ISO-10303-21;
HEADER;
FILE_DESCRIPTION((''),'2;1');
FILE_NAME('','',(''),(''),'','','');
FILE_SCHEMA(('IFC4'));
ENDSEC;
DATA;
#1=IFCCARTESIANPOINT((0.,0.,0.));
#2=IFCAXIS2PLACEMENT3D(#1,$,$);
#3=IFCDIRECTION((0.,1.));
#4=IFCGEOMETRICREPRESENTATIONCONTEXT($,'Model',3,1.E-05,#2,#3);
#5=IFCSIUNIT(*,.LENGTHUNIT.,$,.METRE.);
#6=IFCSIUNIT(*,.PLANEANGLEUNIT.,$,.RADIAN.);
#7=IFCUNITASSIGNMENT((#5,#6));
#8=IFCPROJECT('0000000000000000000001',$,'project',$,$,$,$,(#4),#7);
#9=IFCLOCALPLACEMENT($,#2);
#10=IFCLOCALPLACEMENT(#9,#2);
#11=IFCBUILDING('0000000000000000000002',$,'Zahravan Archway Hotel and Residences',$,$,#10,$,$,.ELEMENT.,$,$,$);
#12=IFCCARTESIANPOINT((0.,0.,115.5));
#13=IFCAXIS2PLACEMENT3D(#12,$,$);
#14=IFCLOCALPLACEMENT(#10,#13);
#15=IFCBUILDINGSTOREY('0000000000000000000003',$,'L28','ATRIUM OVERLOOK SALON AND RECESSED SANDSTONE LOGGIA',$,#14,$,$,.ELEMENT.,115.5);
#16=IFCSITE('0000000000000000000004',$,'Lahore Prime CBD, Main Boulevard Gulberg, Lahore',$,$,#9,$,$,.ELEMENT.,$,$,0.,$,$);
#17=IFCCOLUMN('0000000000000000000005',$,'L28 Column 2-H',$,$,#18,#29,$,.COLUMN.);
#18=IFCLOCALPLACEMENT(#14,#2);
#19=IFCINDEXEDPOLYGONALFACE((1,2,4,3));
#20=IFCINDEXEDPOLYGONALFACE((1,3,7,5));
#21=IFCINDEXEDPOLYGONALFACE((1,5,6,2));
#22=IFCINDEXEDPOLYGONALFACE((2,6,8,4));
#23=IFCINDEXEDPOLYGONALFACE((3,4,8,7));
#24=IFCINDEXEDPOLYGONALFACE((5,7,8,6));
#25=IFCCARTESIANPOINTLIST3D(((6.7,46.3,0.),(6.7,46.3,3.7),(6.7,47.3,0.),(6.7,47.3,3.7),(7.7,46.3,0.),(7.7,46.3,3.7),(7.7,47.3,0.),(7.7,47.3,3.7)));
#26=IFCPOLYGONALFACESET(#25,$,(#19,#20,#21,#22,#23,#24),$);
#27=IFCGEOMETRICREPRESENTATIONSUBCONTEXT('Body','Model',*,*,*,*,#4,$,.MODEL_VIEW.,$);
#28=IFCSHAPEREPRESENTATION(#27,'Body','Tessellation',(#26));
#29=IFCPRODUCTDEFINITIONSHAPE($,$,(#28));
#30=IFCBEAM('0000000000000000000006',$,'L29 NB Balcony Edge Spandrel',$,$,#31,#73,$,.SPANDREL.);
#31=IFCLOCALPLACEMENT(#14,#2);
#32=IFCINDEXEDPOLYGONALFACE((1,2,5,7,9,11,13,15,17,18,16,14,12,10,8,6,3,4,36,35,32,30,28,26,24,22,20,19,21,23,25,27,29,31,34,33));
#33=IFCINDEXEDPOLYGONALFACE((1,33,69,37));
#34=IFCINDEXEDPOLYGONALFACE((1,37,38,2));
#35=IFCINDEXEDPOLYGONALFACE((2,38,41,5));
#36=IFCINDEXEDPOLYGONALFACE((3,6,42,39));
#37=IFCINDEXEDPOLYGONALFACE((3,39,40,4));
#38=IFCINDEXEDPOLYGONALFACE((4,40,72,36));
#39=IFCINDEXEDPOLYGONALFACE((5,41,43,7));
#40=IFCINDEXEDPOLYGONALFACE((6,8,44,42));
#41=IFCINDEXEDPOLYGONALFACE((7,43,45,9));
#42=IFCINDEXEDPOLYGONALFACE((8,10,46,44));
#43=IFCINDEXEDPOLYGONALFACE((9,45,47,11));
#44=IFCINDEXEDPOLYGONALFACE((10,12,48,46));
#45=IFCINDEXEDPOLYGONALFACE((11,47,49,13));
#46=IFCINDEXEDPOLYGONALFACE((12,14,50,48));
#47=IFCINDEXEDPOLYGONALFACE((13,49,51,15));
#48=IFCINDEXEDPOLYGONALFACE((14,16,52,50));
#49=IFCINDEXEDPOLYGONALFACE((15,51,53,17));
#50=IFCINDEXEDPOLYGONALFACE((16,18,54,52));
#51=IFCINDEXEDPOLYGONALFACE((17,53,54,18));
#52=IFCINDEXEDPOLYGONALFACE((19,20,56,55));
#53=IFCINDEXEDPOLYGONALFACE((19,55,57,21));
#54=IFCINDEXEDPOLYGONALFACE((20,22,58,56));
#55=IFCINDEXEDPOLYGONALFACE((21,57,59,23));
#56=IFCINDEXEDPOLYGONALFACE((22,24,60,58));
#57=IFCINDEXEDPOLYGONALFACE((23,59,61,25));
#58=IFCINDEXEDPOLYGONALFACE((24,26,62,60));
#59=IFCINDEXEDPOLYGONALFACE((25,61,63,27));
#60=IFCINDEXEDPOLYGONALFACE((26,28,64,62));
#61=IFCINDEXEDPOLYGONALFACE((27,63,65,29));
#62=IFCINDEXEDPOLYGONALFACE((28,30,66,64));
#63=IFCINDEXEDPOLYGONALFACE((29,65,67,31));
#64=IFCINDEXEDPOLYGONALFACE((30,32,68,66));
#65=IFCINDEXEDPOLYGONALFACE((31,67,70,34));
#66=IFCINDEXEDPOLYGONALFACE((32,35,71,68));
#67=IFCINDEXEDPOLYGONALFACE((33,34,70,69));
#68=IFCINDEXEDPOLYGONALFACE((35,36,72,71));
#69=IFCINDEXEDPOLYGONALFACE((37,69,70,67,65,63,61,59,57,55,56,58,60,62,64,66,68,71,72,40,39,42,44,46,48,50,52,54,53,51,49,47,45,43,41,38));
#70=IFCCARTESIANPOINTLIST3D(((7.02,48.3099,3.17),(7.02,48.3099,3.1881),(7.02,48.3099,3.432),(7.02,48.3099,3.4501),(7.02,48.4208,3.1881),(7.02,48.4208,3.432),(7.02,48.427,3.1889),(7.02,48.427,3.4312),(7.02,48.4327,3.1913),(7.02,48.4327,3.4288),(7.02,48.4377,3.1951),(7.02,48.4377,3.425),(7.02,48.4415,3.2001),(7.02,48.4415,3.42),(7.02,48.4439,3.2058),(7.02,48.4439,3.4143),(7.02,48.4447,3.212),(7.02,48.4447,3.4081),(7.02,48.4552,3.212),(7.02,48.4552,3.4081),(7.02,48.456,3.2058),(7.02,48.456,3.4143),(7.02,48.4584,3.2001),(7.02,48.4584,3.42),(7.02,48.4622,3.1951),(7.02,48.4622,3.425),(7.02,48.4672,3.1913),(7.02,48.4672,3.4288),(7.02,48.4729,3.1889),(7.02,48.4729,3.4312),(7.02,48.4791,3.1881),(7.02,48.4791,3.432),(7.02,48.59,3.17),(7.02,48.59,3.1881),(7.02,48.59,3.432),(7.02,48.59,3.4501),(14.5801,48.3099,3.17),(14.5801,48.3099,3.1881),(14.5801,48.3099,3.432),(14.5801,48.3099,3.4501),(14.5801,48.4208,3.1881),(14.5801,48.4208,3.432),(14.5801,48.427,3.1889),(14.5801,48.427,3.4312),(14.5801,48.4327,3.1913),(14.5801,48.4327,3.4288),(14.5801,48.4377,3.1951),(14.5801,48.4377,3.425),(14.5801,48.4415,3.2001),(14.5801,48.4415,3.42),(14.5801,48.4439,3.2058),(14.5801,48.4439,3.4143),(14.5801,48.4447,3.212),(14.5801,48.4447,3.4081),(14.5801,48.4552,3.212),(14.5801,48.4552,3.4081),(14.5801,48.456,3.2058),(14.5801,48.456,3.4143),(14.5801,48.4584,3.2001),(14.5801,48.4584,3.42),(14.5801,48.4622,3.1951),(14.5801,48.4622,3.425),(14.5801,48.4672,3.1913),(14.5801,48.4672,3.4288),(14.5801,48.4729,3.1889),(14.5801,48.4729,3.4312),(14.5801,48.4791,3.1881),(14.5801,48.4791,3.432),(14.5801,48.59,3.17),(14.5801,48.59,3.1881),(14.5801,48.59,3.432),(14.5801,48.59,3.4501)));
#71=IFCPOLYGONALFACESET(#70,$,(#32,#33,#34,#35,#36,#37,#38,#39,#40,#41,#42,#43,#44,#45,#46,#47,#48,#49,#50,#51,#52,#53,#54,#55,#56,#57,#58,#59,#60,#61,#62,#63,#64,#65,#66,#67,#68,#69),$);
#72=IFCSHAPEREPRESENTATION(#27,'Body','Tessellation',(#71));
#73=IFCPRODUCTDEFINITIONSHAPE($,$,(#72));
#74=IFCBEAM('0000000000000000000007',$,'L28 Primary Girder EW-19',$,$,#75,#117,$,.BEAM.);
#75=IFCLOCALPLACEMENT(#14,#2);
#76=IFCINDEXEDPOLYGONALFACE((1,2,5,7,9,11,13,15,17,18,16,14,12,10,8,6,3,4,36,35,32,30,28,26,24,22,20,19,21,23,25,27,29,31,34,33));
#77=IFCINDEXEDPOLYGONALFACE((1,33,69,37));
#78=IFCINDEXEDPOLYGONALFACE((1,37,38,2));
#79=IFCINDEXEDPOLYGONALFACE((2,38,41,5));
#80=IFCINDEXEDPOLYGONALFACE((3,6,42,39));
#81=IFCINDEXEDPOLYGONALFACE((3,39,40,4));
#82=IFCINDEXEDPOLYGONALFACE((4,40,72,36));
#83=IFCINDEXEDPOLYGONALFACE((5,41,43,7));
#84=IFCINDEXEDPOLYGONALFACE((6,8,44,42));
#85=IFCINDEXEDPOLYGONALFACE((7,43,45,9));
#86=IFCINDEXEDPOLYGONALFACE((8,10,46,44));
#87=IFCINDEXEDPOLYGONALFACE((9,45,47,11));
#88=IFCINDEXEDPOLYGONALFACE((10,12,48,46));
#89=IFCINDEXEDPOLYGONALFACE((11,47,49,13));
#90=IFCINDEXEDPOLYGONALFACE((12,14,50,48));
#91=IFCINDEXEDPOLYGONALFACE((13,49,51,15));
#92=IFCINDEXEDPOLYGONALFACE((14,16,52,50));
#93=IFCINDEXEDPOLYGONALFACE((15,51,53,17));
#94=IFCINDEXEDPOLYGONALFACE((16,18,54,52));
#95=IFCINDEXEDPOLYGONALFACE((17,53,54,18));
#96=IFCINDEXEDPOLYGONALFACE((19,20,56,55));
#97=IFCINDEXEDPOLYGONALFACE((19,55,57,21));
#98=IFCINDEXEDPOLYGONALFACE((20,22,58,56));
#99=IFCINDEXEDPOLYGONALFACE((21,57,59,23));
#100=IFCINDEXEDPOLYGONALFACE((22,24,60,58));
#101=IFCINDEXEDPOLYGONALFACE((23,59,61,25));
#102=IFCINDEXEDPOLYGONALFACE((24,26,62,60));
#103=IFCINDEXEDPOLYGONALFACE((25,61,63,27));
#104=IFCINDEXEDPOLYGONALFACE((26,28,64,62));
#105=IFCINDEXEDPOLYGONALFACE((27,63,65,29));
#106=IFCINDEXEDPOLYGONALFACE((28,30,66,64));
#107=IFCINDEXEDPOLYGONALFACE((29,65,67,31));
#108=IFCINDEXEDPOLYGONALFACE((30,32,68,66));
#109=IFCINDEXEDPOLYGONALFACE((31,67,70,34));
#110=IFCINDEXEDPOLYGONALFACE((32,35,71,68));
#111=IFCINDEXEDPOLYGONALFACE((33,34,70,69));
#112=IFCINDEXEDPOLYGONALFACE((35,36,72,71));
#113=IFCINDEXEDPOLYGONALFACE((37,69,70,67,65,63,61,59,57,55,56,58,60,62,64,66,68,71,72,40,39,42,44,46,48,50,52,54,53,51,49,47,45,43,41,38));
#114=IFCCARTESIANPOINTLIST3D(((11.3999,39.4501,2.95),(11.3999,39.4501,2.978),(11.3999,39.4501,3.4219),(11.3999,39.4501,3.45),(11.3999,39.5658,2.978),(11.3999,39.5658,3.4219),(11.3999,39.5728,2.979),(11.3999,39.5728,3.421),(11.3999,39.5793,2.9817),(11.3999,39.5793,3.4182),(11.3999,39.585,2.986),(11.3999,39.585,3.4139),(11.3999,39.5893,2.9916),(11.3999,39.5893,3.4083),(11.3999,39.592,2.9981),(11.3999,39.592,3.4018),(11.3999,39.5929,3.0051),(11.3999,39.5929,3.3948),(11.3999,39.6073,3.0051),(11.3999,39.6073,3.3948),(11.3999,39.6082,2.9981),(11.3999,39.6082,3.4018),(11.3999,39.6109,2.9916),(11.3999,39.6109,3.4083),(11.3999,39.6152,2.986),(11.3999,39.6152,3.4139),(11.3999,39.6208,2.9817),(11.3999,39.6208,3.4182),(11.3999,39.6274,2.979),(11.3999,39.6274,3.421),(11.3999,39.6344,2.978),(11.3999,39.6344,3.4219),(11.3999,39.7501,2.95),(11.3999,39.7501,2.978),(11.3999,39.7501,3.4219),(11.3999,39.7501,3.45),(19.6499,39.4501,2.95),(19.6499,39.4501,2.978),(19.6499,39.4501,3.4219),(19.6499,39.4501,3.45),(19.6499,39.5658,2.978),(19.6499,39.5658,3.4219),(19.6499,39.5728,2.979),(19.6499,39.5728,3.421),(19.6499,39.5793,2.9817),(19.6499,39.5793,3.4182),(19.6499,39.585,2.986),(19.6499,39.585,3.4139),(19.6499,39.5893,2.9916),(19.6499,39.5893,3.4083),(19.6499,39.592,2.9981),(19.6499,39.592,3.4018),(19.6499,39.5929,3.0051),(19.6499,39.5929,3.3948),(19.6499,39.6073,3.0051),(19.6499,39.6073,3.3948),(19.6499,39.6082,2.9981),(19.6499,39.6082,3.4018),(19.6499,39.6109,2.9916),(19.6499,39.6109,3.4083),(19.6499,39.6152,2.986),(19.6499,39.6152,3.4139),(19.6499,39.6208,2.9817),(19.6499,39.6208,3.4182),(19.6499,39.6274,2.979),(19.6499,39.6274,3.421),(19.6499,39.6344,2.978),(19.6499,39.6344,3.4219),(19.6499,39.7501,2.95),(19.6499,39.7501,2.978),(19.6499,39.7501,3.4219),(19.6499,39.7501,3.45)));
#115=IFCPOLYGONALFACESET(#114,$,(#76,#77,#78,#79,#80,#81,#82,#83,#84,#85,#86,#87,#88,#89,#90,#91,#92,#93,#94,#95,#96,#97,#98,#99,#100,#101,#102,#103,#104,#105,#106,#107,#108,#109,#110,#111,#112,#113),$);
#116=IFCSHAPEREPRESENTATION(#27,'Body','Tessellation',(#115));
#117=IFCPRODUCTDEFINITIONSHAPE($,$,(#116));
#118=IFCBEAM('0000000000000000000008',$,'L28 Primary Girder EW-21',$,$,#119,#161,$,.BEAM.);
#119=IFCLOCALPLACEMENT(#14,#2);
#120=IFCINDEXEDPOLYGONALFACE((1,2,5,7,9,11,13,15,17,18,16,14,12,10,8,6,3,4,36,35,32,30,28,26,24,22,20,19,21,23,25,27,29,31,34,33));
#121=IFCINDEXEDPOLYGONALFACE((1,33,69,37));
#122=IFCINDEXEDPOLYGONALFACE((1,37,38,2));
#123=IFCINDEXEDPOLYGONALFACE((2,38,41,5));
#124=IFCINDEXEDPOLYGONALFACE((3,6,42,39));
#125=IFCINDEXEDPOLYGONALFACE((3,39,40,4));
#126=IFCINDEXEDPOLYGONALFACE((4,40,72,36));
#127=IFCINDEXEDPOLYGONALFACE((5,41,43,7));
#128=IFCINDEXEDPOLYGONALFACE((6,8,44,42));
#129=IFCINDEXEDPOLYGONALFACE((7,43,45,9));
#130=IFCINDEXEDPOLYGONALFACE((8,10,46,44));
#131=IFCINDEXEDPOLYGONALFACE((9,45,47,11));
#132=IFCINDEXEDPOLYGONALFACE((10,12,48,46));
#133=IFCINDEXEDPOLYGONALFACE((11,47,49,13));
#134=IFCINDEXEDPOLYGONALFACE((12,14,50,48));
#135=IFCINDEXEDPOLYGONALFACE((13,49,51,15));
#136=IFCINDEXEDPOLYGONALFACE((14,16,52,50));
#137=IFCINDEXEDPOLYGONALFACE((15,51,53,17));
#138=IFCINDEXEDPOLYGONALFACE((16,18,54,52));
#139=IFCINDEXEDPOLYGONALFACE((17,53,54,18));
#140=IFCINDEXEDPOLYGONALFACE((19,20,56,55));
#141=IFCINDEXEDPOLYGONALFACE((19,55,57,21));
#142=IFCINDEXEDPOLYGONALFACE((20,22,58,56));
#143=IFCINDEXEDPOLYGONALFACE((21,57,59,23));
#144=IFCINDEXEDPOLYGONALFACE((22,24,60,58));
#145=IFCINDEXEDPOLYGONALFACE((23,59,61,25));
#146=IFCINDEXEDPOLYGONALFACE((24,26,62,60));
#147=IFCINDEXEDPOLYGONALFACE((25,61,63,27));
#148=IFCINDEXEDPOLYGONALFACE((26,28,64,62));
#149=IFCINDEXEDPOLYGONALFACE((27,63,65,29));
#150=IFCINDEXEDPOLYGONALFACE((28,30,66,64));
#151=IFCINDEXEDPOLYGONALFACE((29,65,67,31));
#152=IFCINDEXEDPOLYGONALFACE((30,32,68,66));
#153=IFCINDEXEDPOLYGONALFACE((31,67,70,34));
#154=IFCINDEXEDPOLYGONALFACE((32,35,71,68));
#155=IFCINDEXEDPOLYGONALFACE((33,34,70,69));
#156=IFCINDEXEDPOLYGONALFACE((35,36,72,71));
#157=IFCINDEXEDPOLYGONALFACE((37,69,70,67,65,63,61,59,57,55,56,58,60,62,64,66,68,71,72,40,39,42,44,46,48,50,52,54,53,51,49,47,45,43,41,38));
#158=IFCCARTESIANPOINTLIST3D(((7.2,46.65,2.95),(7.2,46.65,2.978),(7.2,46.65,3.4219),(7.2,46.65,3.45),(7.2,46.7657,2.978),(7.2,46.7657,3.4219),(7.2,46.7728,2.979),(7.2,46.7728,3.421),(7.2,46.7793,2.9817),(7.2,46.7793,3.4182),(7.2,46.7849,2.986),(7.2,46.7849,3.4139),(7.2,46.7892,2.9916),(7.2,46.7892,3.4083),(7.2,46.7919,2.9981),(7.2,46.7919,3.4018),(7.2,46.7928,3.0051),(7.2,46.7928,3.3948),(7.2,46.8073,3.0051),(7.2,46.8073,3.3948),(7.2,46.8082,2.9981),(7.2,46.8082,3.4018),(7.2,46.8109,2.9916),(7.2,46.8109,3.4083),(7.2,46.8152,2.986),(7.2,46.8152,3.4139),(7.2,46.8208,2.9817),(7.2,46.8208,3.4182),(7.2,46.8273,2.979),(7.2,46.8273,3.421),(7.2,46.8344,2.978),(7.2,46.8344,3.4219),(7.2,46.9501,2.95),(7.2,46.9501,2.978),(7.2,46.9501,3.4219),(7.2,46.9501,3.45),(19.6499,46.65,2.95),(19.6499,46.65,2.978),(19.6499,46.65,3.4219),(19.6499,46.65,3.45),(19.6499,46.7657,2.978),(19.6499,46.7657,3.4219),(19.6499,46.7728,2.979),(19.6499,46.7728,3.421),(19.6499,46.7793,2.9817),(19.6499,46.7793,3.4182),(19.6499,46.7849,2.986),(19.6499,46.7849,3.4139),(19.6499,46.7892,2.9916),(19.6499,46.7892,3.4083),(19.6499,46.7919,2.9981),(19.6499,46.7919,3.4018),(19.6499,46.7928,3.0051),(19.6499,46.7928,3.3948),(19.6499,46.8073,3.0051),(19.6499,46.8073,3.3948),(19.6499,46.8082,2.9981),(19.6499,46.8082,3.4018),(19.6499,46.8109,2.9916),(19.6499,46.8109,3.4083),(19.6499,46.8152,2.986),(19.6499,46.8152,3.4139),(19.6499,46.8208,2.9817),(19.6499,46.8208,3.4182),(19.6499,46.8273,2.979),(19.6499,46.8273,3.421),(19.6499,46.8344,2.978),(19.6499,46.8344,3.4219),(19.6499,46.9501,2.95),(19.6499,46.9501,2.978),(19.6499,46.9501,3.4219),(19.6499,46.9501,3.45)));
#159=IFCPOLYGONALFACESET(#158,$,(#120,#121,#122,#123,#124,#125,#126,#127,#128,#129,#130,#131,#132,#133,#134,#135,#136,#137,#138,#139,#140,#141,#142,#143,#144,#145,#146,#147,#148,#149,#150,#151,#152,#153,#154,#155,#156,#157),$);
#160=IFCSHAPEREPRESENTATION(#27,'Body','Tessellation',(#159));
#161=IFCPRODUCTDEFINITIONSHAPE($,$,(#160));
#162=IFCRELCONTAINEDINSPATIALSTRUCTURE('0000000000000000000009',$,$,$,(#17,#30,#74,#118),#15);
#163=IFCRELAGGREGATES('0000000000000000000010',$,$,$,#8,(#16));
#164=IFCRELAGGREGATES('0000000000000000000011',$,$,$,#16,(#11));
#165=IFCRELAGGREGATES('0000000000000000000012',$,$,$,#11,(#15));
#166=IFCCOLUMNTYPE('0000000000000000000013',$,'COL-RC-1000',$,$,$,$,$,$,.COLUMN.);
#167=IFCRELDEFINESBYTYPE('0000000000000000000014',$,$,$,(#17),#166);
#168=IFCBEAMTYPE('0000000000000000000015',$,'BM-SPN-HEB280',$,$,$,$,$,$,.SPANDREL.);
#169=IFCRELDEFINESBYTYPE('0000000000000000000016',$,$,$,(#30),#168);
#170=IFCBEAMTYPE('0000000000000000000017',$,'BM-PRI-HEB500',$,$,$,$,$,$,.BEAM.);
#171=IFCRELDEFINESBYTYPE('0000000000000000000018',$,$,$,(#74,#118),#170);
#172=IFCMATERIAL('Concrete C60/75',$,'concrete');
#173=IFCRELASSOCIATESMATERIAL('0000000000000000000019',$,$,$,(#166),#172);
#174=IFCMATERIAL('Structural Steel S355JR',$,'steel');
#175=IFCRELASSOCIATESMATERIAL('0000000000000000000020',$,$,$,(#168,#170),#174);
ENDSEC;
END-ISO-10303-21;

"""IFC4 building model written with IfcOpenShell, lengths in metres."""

from ifc_helpers import new_model, si_unit, direction, frame, origin, origin_2d, place, context, subcontext, project, spatial, rectangle, i_section, extrude, source, transform, mapped, material, material_profile, profile_set, type_object, type_shapes, element, save


model = new_model("IFC4")

# Units and contexts
model_context = context("Model", 3, precision=1e-05, world=origin(), true_north=direction((0.0, 1.0)))
body_context = subcontext(model_context, "Body", "Model", "MODEL_VIEW")
ifc_project = project(units=[si_unit("LENGTHUNIT", "METRE"), si_unit("PLANEANGLEUNIT", "RADIAN")], contexts=[model_context])

# Site, building, storey
site_placement = place(None, origin())
site = spatial("IfcSite", under=ifc_project, at=site_placement, Name="Lahore Prime CBD, Main Boulevard Gulberg, Lahore", CompositionType="ELEMENT", RefElevation=0.0)
building_placement = place(site_placement, origin())
building = spatial("IfcBuilding", under=site, at=building_placement, Name="Zahravan Archway Hotel and Residences", CompositionType="ELEMENT")
storey_placement = place(building_placement, frame((0.0, 0.0, 115.5)))
storey = spatial("IfcBuildingStorey", under=building, at=storey_placement, Name="L28", Description="ATRIUM OVERLOOK SALON AND RECESSED SANDSTONE LOGGIA", CompositionType="ELEMENT", Elevation=115.5)

# Column
ifc_material_1 = material(Name="Concrete C60/75", Category="concrete")
ifc_material_profile_1 = material_profile(ifc_material_1, rectangle(XDim=1.0, YDim=1.0, at=origin_2d()), Name="RC-COL-1000x1000", Category="concrete")
ifc_profile_set_1 = profile_set([ifc_material_profile_1], Name="Concrete C60/75")
column_type = type_object("IfcColumnType", Name="COL-RC-1000", PredefinedType="COLUMN", material=ifc_profile_set_1)
shared_shape_1 = source(origin(), body_context, "Body", "SweptSolid", [
    extrude(rectangle(XDim=1.0, YDim=1.0, at=origin_2d()), origin(), (0.0, 0.0, 1.0), 3.7),
])
type_shapes(column_type, [shared_shape_1])
column_placement = place(storey_placement, frame((7.2, 46.8, 0.0), z_axis=(0.0, 0.0, 1.0), x_axis=(1.0, 0.0, 0.0)))
element("IfcColumn", 1, at=column_placement, inside=storey, type_object=column_type, Name="L28 Column 2-H", PredefinedType="COLUMN", context=body_context, shape_type="MappedRepresentation", body=[
    mapped(shared_shape_1, transform((0.0, 0.0, 0.0), scale=1.0)),
])

# Beams
ifc_material_2 = material(Name="Structural Steel S355JR", Category="steel")
ifc_material_profile_2 = material_profile(ifc_material_2, i_section(OverallWidth=0.28, OverallDepth=0.28, WebThickness=0.0105, FlangeThickness=0.0181, FilletRadius=0.0239, at=origin_2d()), Name="HEB 280", Category="steel")
ifc_profile_set_2 = profile_set([ifc_material_profile_2], Name="Structural Steel S355JR")
beam_type_1 = type_object("IfcBeamType", Name="BM-SPN-HEB280", PredefinedType="SPANDREL", material=ifc_profile_set_2)
shared_shape_2 = source(origin(), body_context, "Body", "SweptSolid", [
    extrude(i_section(OverallWidth=0.28, OverallDepth=0.28, WebThickness=0.0105, FlangeThickness=0.0181, FilletRadius=0.0239, at=origin_2d()), origin(), (0.0, 0.0, 1.0), 7.5601),
])
type_shapes(beam_type_1, [shared_shape_2])
beam_1_placement = place(storey_placement, frame((7.02, 48.45, 3.3101), z_axis=(1.0, 0.0, 0.0), x_axis=(0.0, 1.0, 0.0)))
element("IfcBeam", 2, at=beam_1_placement, inside=storey, type_object=beam_type_1, Name="L29 NB Balcony Edge Spandrel", PredefinedType="SPANDREL", context=body_context, shape_type="MappedRepresentation", body=[
    mapped(shared_shape_2, transform((0.0, 0.0, 0.0), scale=1.0)),
])
ifc_material_profile_3 = material_profile(ifc_material_2, i_section(OverallWidth=0.3, OverallDepth=0.5, WebThickness=0.0144, FlangeThickness=0.0281, FilletRadius=0.0271, at=origin_2d()), Name="HEB 500", Category="steel")
ifc_profile_set_3 = profile_set([ifc_material_profile_3], Name="Structural Steel S355JR")
beam_type_2 = type_object("IfcBeamType", Name="BM-PRI-HEB500", PredefinedType="BEAM", material=ifc_profile_set_3)
shared_shape_3 = source(origin(), body_context, "Body", "SweptSolid", [
    extrude(i_section(OverallWidth=0.3, OverallDepth=0.5, WebThickness=0.0144, FlangeThickness=0.0281, FilletRadius=0.0271, at=origin_2d()), origin(), (0.0, 0.0, 1.0), 8.25),
])
beam_2_placement = place(storey_placement, frame((11.3999, 39.6001, 3.2), z_axis=(1.0, 0.0, 0.0), x_axis=(0.0, 1.0, 0.0)))
element("IfcBeam", 3, at=beam_2_placement, inside=storey, type_object=beam_type_2, Name="L28 Primary Girder EW-19", PredefinedType="BEAM", context=body_context, shape_type="MappedRepresentation", body=[
    mapped(shared_shape_3, transform((0.0, 0.0, 0.0), scale=1.0)),
])
shared_shape_4 = source(origin(), body_context, "Body", "SweptSolid", [
    extrude(i_section(OverallWidth=0.3, OverallDepth=0.5, WebThickness=0.0144, FlangeThickness=0.0281, FilletRadius=0.0271, at=origin_2d()), origin(), (0.0, 0.0, 1.0), 12.45),
])
beam_3_placement = place(storey_placement, frame((7.2, 46.8, 3.2), z_axis=(1.0, 0.0, 0.0), x_axis=(0.0, 1.0, 0.0)))
element("IfcBeam", 4, at=beam_3_placement, inside=storey, type_object=beam_type_2, Name="L28 Primary Girder EW-21", PredefinedType="BEAM", context=body_context, shape_type="MappedRepresentation", body=[
    mapped(shared_shape_4, transform((0.0, 0.0, 0.0), scale=1.0)),
])

save(model, "model.ifc")
